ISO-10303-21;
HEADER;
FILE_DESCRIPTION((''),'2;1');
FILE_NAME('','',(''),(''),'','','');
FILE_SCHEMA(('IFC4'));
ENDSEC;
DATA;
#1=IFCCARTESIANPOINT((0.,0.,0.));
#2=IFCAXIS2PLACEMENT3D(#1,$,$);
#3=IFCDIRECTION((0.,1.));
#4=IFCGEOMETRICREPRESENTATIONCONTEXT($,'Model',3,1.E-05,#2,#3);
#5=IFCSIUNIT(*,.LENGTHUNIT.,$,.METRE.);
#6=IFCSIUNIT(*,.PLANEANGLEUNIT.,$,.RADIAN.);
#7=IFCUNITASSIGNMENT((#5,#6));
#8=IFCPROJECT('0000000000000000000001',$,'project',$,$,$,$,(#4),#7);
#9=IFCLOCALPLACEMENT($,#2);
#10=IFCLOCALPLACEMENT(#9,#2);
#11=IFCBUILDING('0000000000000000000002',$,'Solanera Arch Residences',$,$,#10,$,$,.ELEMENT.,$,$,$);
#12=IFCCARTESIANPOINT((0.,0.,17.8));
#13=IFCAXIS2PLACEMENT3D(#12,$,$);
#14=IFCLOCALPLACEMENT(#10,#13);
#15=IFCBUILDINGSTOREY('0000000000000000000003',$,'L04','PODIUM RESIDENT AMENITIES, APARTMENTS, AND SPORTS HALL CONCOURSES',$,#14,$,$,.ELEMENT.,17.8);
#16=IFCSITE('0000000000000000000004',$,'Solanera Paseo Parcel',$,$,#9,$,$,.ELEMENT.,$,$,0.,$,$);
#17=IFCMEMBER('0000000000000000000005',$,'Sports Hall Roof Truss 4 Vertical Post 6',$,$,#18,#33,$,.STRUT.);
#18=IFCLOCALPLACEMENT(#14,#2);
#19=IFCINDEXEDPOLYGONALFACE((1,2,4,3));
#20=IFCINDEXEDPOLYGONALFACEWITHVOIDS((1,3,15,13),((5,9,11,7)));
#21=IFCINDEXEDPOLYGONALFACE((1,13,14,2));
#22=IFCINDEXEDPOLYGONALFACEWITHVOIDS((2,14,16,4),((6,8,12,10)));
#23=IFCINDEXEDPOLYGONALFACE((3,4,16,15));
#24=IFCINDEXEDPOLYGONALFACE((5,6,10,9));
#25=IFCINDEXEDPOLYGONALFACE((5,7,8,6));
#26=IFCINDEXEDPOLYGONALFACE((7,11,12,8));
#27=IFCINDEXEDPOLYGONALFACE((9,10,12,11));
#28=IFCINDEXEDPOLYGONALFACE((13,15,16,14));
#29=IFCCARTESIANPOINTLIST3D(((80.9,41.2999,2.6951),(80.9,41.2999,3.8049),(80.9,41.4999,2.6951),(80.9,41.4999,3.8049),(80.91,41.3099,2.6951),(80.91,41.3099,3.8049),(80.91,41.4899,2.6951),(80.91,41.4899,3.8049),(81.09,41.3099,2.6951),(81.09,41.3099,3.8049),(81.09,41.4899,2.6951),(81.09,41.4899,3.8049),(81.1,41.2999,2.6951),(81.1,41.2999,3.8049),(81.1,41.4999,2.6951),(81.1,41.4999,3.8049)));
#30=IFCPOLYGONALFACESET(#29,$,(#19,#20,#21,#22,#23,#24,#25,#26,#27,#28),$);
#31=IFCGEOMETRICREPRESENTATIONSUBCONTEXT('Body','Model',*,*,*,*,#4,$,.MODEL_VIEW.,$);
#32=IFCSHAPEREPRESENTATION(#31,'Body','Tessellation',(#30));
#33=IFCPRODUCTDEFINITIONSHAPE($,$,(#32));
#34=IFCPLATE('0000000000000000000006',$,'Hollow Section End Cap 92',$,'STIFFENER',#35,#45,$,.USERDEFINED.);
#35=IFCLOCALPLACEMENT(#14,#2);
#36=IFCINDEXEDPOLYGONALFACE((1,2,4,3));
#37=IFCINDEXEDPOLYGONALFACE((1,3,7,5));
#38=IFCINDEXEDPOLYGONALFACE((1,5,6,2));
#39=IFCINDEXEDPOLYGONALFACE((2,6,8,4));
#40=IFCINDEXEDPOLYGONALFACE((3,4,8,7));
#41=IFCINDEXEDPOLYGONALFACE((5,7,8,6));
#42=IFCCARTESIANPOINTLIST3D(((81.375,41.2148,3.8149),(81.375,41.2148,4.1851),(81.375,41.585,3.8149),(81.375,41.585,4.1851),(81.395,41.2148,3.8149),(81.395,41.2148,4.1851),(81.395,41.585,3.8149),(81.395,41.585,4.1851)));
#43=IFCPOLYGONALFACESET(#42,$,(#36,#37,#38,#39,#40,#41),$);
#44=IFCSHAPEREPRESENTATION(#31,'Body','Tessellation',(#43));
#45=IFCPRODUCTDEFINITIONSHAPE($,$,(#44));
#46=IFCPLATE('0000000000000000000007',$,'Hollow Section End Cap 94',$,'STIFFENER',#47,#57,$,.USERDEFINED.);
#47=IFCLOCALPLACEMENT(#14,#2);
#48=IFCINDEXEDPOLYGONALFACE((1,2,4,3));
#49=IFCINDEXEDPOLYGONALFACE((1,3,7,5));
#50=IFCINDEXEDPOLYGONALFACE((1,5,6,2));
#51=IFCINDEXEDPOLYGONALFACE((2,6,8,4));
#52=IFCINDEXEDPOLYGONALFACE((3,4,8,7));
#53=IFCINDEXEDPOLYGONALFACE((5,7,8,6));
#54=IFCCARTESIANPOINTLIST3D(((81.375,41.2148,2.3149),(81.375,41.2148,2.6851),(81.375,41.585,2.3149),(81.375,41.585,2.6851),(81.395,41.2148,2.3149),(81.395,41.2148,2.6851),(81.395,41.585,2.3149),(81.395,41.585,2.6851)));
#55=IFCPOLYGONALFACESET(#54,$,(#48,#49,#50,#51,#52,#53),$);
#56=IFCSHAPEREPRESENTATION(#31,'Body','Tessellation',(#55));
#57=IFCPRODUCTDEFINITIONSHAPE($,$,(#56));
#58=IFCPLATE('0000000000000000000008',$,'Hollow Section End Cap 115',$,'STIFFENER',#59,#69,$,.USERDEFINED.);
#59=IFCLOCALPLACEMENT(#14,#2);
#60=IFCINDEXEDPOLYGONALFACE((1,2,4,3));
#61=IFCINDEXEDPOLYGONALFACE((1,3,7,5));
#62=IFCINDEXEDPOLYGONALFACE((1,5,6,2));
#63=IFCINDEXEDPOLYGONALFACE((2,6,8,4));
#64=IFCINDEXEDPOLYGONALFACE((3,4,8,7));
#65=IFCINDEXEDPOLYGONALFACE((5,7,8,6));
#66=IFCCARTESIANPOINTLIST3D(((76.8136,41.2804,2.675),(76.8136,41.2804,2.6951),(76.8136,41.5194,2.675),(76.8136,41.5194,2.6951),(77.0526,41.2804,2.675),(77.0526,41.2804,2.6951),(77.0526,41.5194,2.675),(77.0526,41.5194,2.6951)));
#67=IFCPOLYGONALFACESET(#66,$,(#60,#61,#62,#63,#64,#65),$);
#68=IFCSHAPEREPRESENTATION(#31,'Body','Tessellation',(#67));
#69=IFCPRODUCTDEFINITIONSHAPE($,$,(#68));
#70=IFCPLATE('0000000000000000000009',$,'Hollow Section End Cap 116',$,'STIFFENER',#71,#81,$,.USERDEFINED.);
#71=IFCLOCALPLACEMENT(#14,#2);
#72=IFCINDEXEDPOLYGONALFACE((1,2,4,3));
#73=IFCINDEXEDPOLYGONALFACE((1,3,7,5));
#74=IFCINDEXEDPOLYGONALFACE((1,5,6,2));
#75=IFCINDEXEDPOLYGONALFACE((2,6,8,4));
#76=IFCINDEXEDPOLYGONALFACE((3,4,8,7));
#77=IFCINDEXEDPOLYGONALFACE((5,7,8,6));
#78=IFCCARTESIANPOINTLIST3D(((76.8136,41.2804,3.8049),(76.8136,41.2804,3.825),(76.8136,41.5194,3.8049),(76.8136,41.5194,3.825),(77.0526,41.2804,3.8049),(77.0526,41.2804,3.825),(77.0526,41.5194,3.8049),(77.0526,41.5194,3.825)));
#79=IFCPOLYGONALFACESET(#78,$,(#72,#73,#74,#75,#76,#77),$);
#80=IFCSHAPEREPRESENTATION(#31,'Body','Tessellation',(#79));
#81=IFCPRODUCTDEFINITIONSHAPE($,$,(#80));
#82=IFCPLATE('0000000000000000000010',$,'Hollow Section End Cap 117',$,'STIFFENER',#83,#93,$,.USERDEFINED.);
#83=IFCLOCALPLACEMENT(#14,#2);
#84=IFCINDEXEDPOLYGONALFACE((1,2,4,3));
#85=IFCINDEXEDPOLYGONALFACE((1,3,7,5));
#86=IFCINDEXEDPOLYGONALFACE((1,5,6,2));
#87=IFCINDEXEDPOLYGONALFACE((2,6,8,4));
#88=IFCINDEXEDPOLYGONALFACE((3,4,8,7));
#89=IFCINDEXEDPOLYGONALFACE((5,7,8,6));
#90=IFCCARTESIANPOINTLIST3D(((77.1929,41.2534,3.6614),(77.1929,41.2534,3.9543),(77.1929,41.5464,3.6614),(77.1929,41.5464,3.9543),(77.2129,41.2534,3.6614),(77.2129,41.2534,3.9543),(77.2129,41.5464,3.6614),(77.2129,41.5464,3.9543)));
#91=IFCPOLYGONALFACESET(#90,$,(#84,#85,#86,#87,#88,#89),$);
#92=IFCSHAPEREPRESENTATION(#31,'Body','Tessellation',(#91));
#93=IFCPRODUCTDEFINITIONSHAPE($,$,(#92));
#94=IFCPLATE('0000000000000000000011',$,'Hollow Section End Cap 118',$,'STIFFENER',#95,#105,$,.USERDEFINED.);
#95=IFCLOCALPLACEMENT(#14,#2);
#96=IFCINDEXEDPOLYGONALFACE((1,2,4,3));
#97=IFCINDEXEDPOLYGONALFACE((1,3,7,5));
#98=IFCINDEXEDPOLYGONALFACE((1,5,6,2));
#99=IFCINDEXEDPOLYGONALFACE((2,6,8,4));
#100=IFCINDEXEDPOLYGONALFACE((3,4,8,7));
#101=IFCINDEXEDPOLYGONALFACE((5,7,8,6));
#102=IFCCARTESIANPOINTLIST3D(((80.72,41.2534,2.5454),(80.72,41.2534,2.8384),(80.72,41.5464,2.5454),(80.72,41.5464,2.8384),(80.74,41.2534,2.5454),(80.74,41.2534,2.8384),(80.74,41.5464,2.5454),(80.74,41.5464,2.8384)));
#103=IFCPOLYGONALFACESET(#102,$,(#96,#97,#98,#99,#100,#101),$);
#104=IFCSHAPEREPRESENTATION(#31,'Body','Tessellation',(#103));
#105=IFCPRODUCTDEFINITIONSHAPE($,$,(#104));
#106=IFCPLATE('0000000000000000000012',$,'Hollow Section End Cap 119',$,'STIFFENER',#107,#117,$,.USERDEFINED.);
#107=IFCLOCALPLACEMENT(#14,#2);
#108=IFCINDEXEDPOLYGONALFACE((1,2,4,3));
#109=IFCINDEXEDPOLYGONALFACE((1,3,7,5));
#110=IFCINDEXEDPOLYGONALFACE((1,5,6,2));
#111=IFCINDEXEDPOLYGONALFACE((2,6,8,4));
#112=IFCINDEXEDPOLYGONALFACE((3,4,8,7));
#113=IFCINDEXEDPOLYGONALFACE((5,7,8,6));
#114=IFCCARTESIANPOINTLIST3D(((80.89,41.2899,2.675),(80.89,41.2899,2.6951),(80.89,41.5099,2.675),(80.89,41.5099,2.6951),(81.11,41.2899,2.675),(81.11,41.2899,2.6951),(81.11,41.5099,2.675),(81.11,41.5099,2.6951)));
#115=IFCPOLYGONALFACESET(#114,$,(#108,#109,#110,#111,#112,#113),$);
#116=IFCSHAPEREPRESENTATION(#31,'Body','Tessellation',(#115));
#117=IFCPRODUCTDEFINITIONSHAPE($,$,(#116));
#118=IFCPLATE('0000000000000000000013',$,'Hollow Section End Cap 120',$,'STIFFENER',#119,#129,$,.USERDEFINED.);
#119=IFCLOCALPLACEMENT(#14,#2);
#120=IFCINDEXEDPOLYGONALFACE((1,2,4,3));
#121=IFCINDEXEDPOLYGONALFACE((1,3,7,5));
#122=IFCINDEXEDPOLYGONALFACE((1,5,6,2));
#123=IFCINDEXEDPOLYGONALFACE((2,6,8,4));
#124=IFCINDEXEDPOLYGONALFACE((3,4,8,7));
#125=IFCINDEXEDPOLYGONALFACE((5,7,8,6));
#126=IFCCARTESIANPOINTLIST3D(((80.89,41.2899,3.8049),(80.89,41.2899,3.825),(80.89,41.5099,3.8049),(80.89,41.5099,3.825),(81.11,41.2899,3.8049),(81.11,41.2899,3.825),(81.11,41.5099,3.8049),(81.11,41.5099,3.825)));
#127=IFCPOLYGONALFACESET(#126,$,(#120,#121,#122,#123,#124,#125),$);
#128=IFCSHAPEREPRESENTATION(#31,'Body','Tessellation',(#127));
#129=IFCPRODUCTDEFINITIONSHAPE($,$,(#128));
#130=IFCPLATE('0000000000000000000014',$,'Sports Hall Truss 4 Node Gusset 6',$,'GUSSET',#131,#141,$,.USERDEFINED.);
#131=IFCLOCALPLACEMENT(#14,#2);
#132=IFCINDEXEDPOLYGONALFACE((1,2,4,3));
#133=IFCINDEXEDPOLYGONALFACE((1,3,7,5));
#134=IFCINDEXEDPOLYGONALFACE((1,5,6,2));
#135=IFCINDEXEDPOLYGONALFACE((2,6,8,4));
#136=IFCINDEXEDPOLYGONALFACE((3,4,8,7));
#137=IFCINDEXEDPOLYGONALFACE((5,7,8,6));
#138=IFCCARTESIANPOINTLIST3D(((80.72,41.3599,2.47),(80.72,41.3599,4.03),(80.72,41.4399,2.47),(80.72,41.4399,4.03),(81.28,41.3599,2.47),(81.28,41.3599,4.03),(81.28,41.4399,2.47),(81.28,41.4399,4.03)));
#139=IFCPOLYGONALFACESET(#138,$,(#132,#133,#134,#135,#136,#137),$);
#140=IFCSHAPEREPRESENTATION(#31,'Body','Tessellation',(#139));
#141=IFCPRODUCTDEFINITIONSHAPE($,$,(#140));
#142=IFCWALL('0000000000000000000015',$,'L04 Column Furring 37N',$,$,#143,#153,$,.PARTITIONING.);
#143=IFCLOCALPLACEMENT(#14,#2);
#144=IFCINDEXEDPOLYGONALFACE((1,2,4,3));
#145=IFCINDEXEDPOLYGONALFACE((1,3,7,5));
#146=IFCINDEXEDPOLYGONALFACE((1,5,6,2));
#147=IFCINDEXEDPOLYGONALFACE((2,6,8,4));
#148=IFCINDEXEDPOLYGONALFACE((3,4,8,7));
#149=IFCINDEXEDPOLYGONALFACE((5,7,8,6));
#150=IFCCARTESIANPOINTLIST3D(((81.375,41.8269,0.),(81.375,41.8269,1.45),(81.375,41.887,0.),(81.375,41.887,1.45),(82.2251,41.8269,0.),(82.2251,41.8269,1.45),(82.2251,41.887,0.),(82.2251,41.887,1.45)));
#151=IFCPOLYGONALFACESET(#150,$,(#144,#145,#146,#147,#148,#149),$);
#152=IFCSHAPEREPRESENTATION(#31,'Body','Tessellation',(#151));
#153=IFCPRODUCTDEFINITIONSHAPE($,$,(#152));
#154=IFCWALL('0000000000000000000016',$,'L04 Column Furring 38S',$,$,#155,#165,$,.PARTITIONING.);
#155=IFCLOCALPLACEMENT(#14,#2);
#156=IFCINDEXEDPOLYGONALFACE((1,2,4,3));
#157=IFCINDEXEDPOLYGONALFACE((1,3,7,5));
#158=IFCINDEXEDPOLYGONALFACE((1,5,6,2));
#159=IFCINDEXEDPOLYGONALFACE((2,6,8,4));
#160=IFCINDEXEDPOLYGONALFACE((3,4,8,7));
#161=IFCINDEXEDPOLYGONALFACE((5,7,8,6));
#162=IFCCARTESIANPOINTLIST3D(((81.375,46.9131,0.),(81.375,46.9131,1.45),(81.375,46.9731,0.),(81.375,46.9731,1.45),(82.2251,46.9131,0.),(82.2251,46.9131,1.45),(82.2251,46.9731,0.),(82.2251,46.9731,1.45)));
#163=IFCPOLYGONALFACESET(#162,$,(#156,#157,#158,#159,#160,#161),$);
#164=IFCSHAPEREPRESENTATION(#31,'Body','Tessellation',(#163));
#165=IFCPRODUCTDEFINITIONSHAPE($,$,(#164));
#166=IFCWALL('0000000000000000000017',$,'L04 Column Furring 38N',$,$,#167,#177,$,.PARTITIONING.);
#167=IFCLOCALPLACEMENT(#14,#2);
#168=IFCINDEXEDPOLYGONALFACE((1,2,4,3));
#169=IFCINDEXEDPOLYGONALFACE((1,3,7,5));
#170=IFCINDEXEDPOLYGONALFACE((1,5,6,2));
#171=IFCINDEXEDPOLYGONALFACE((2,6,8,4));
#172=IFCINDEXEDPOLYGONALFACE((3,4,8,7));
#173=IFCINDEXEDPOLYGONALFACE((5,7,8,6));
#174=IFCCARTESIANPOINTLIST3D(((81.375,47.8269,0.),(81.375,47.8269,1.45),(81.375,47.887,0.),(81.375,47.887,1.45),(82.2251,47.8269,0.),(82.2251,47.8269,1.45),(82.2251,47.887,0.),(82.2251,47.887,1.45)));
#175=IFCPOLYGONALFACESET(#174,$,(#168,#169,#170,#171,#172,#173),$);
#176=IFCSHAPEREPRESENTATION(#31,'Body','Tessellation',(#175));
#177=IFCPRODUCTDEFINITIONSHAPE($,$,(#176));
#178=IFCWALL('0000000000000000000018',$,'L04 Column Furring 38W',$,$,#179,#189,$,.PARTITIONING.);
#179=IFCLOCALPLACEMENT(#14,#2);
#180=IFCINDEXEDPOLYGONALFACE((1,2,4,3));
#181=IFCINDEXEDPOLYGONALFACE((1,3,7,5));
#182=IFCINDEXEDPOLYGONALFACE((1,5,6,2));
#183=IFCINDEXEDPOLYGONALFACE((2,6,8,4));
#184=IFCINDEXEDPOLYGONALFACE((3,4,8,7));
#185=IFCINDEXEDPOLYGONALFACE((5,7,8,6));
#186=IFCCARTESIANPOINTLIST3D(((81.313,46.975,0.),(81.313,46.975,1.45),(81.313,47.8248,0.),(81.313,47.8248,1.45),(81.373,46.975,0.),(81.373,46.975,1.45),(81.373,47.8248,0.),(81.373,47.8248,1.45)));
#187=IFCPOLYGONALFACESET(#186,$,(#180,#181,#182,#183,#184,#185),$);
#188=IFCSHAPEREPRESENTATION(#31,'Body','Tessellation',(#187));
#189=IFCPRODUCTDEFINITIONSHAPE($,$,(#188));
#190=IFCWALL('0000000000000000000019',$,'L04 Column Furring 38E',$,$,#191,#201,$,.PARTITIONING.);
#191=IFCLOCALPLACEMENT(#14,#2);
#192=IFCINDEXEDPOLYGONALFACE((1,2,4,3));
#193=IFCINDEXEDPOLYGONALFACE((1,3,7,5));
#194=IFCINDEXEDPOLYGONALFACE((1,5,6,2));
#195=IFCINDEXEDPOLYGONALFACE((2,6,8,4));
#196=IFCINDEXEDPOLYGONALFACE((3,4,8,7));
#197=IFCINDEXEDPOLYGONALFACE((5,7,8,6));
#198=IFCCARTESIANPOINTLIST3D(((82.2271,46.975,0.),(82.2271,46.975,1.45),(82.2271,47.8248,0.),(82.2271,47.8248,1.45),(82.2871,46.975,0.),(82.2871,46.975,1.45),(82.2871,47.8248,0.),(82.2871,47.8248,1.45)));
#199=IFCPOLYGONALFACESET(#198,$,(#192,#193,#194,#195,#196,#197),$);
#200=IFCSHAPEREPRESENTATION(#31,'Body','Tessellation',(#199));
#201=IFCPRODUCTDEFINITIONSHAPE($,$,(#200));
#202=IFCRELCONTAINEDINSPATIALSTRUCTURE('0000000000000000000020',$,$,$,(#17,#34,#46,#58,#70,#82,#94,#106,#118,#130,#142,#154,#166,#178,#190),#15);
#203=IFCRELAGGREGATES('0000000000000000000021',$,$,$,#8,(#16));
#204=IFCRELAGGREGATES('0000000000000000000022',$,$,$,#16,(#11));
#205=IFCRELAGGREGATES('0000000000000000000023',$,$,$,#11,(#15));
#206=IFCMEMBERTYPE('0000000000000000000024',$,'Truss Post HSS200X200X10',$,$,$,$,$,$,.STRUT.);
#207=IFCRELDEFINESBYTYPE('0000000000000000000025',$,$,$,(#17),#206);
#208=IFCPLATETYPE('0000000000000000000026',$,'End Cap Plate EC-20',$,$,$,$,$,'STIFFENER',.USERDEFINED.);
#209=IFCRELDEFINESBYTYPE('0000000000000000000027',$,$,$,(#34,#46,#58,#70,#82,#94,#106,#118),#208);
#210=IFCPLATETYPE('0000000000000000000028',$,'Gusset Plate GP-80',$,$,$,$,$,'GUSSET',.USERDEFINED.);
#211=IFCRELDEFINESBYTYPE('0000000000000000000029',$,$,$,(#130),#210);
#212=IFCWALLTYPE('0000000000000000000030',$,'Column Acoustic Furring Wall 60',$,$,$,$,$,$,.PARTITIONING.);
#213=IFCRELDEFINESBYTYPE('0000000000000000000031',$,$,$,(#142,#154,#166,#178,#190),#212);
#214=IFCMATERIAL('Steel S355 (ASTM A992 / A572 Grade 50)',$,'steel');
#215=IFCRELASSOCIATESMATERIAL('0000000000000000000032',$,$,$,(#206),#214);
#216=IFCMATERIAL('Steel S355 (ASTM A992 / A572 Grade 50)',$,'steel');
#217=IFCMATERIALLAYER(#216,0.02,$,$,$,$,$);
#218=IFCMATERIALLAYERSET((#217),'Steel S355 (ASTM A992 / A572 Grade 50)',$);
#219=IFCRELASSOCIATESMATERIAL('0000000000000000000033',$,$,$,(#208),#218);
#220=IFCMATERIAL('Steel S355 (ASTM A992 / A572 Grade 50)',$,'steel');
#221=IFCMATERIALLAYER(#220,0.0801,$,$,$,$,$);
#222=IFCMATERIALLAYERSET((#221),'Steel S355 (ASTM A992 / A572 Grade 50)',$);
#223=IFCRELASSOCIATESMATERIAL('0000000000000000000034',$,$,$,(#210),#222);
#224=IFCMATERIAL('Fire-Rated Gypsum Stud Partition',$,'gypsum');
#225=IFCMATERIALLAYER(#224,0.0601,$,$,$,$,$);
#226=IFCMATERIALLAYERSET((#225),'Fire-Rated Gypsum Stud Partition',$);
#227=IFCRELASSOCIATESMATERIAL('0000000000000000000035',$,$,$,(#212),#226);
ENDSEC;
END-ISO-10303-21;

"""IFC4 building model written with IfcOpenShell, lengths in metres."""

from ifc_helpers import new_model, si_unit, direction, frame, frame_2d, origin, origin_2d, place, context, subcontext, project, spatial, rectangle, hollow_rectangle, extrude, material, layer, layer_set, material_profile, profile_set, type_object, element, save


model = new_model("IFC4")

# Units and contexts
model_context = context("Model", 3, precision=1e-05, world=origin(), true_north=direction((0.0, 1.0)))
body_context = subcontext(model_context, "Body", "Model", "MODEL_VIEW")
ifc_project = project(units=[si_unit("LENGTHUNIT", "METRE"), si_unit("PLANEANGLEUNIT", "RADIAN")], contexts=[model_context])

# Site, building, storey
site_placement = place(None, origin())
site = spatial("IfcSite", under=ifc_project, at=site_placement, Name="Solanera Paseo Parcel", CompositionType="ELEMENT", RefElevation=0.0)
building_placement = place(site_placement, origin())
building = spatial("IfcBuilding", under=site, at=building_placement, Name="Solanera Arch Residences", CompositionType="ELEMENT")
storey_placement = place(building_placement, frame((0.0, 0.0, 17.8)))
storey = spatial("IfcBuildingStorey", under=building, at=storey_placement, Name="L04", Description="PODIUM RESIDENT AMENITIES, APARTMENTS, AND SPORTS HALL CONCOURSES", CompositionType="ELEMENT", Elevation=17.8)

# Member
ifc_material_1 = material(Name="Steel S355 (ASTM A992 / A572 Grade 50)", Category="steel")
ifc_material_profile_1 = material_profile(ifc_material_1, hollow_rectangle(XDim=0.2, YDim=0.2, WallThickness=0.01, at=origin_2d()))
ifc_profile_set_1 = profile_set([ifc_material_profile_1], Name="Steel S355 (ASTM A992 / A572 Grade 50)")
member_type_1 = type_object("IfcMemberType", Name="Truss Post HSS200X200X10", PredefinedType="STRUT", material=ifc_profile_set_1)
member_1_placement = place(storey_placement, frame((81.0, 41.3999, 2.6951), z_axis=(0.0, 0.0, 1.0), x_axis=(1.0, 0.0, 0.0)))
element("IfcMember", 1, at=member_1_placement, inside=storey, type_object=member_type_1, Name="Sports Hall Roof Truss 4 Vertical Post 6", PredefinedType="STRUT", context=body_context, shape_type="SweptSolid", body=[
    extrude(hollow_rectangle(XDim=0.2, YDim=0.2, WallThickness=0.01, at=origin_2d()), origin(), (0.0, 0.0, 1.0), 1.1099),
])

# Plates
ifc_material_2 = material(Name="Steel S355 (ASTM A992 / A572 Grade 50)", Category="steel")
ifc_layer_1 = layer(ifc_material_2, 0.02)
ifc_layer_set_1 = layer_set([ifc_layer_1], Name="Steel S355 (ASTM A992 / A572 Grade 50)")
plate_type_1 = type_object("IfcPlateType", Name="End Cap Plate EC-20", ElementType="STIFFENER", PredefinedType="USERDEFINED", material=ifc_layer_set_1)
for number, where, z_axis, x_axis, name in (
    (2, (81.385, 41.3999, 3.8149), (0.0, 0.0, 1.0), (1.0, 0.0, 0.0), "Hollow Section End Cap 92"),
    (3, (81.385, 41.3999, 2.3149), (0.0, 0.0, 1.0), (1.0, 0.0, 0.0), "Hollow Section End Cap 94"),
):
    element("IfcPlate", number, at=place(storey_placement, frame(where, z_axis=z_axis, x_axis=x_axis)), inside=storey, type_object=plate_type_1, Name=name, ObjectType="STIFFENER", PredefinedType="USERDEFINED", context=body_context, shape_type="SweptSolid", body=[
        extrude(rectangle(XDim=0.02, YDim=0.3701, at=origin_2d()), origin(), (0.0, 0.0, 1.0), 0.3701),
    ])
for number, where, z_axis, x_axis, name in (
    (4, (76.9331, 41.3999, 2.675), (0.0, 0.0, 1.0), (1.0, 0.0, 0.0), "Hollow Section End Cap 115"),
    (5, (76.9331, 41.3999, 3.8049), (0.0, 0.0, 1.0), (1.0, 0.0, 0.0), "Hollow Section End Cap 116"),
):
    element("IfcPlate", number, at=place(storey_placement, frame(where, z_axis=z_axis, x_axis=x_axis)), inside=storey, type_object=plate_type_1, Name=name, ObjectType="STIFFENER", PredefinedType="USERDEFINED", context=body_context, shape_type="SweptSolid", body=[
        extrude(rectangle(XDim=0.239, YDim=0.239, at=origin_2d()), origin(), (0.0, 0.0, 1.0), 0.02),
    ])
for number, where, z_axis, x_axis, name in (
    (6, (77.2029, 41.3999, 3.6614), (0.0, 0.0, 1.0), (-1.0, 0.0, 0.0), "Hollow Section End Cap 117"),
    (7, (80.73, 41.3999, 2.5454), (0.0, 0.0, 1.0), (1.0, 0.0, 0.0), "Hollow Section End Cap 118"),
):
    element("IfcPlate", number, at=place(storey_placement, frame(where, z_axis=z_axis, x_axis=x_axis)), inside=storey, type_object=plate_type_1, Name=name, ObjectType="STIFFENER", PredefinedType="USERDEFINED", context=body_context, shape_type="SweptSolid", body=[
        extrude(rectangle(XDim=0.02, YDim=0.293, at=origin_2d()), origin(), (0.0, 0.0, 1.0), 0.293),
    ])
for number, where, z_axis, x_axis, name in (
    (8, (81.0, 41.3999, 2.675), (0.0, 0.0, 1.0), (1.0, 0.0, 0.0), "Hollow Section End Cap 119"),
    (9, (81.0, 41.3999, 3.8049), (0.0, 0.0, 1.0), (1.0, 0.0, 0.0), "Hollow Section End Cap 120"),
):
    element("IfcPlate", number, at=place(storey_placement, frame(where, z_axis=z_axis, x_axis=x_axis)), inside=storey, type_object=plate_type_1, Name=name, ObjectType="STIFFENER", PredefinedType="USERDEFINED", context=body_context, shape_type="SweptSolid", body=[
        extrude(rectangle(XDim=0.22, YDim=0.22, at=origin_2d()), origin(), (0.0, 0.0, 1.0), 0.02),
    ])
ifc_material_3 = material(Name="Steel S355 (ASTM A992 / A572 Grade 50)", Category="steel")
ifc_layer_2 = layer(ifc_material_3, 0.0801)
ifc_layer_set_2 = layer_set([ifc_layer_2], Name="Steel S355 (ASTM A992 / A572 Grade 50)")
plate_type_2 = type_object("IfcPlateType", Name="Gusset Plate GP-80", ElementType="GUSSET", PredefinedType="USERDEFINED", material=ifc_layer_set_2)
plate_placement = place(storey_placement, frame((81.0, 41.3999, 2.47), z_axis=(0.0, 0.0, 1.0), x_axis=(1.0, 0.0, 0.0)))
element("IfcPlate", 10, at=plate_placement, inside=storey, type_object=plate_type_2, Name="Sports Hall Truss 4 Node Gusset 6", ObjectType="GUSSET", PredefinedType="USERDEFINED", context=body_context, shape_type="SweptSolid", body=[
    extrude(rectangle(XDim=0.5601, YDim=0.0801, at=origin_2d()), origin(), (0.0, 0.0, 1.0), 1.5601),
])

# Walls
ifc_material_4 = material(Name="Fire-Rated Gypsum Stud Partition", Category="gypsum")
ifc_layer_3 = layer(ifc_material_4, 0.0601)
ifc_layer_set_3 = layer_set([ifc_layer_3], Name="Fire-Rated Gypsum Stud Partition")
wall_type_1 = type_object("IfcWallType", Name="Column Acoustic Furring Wall 60", PredefinedType="PARTITIONING", material=ifc_layer_set_3)
for number, where, z_axis, x_axis, name in (
    (11, (81.375, 41.8569, 0.0), (0.0, 0.0, 1.0), (1.0, 0.0, 0.0), "L04 Column Furring 37N"),
    (12, (81.375, 46.9431, 0.0), (0.0, 0.0, 1.0), (1.0, 0.0, 0.0), "L04 Column Furring 38S"),
    (13, (81.375, 47.8569, 0.0), (0.0, 0.0, 1.0), (1.0, 0.0, 0.0), "L04 Column Furring 38N"),
):
    element("IfcWall", number, at=place(storey_placement, frame(where, z_axis=z_axis, x_axis=x_axis)), inside=storey, type_object=wall_type_1, Name=name, PredefinedType="PARTITIONING", context=body_context, shape_type="SweptSolid", body=[
        extrude(rectangle(XDim=0.8501, YDim=0.0601, at=frame_2d((0.425, 0.0))), origin(), (0.0, 0.0, 1.0), 1.45),
    ])
for number, where, z_axis, x_axis, name in (
    (14, (81.343, 46.9751, 0.0), (0.0, 0.0, 1.0), (0.0, 1.0, 0.0), "L04 Column Furring 38W"),
    (15, (82.2571, 46.9751, 0.0), (0.0, 0.0, 1.0), (0.0, 1.0, 0.0), "L04 Column Furring 38E"),
):
    element("IfcWall", number, at=place(storey_placement, frame(where, z_axis=z_axis, x_axis=x_axis)), inside=storey, type_object=wall_type_1, Name=name, PredefinedType="PARTITIONING", context=body_context, shape_type="SweptSolid", body=[
        extrude(rectangle(XDim=0.8499, YDim=0.0601, at=frame_2d((0.4248, 0.0))), origin(), (0.0, 0.0, 1.0), 1.45),
    ])

save(model, "model.ifc")
